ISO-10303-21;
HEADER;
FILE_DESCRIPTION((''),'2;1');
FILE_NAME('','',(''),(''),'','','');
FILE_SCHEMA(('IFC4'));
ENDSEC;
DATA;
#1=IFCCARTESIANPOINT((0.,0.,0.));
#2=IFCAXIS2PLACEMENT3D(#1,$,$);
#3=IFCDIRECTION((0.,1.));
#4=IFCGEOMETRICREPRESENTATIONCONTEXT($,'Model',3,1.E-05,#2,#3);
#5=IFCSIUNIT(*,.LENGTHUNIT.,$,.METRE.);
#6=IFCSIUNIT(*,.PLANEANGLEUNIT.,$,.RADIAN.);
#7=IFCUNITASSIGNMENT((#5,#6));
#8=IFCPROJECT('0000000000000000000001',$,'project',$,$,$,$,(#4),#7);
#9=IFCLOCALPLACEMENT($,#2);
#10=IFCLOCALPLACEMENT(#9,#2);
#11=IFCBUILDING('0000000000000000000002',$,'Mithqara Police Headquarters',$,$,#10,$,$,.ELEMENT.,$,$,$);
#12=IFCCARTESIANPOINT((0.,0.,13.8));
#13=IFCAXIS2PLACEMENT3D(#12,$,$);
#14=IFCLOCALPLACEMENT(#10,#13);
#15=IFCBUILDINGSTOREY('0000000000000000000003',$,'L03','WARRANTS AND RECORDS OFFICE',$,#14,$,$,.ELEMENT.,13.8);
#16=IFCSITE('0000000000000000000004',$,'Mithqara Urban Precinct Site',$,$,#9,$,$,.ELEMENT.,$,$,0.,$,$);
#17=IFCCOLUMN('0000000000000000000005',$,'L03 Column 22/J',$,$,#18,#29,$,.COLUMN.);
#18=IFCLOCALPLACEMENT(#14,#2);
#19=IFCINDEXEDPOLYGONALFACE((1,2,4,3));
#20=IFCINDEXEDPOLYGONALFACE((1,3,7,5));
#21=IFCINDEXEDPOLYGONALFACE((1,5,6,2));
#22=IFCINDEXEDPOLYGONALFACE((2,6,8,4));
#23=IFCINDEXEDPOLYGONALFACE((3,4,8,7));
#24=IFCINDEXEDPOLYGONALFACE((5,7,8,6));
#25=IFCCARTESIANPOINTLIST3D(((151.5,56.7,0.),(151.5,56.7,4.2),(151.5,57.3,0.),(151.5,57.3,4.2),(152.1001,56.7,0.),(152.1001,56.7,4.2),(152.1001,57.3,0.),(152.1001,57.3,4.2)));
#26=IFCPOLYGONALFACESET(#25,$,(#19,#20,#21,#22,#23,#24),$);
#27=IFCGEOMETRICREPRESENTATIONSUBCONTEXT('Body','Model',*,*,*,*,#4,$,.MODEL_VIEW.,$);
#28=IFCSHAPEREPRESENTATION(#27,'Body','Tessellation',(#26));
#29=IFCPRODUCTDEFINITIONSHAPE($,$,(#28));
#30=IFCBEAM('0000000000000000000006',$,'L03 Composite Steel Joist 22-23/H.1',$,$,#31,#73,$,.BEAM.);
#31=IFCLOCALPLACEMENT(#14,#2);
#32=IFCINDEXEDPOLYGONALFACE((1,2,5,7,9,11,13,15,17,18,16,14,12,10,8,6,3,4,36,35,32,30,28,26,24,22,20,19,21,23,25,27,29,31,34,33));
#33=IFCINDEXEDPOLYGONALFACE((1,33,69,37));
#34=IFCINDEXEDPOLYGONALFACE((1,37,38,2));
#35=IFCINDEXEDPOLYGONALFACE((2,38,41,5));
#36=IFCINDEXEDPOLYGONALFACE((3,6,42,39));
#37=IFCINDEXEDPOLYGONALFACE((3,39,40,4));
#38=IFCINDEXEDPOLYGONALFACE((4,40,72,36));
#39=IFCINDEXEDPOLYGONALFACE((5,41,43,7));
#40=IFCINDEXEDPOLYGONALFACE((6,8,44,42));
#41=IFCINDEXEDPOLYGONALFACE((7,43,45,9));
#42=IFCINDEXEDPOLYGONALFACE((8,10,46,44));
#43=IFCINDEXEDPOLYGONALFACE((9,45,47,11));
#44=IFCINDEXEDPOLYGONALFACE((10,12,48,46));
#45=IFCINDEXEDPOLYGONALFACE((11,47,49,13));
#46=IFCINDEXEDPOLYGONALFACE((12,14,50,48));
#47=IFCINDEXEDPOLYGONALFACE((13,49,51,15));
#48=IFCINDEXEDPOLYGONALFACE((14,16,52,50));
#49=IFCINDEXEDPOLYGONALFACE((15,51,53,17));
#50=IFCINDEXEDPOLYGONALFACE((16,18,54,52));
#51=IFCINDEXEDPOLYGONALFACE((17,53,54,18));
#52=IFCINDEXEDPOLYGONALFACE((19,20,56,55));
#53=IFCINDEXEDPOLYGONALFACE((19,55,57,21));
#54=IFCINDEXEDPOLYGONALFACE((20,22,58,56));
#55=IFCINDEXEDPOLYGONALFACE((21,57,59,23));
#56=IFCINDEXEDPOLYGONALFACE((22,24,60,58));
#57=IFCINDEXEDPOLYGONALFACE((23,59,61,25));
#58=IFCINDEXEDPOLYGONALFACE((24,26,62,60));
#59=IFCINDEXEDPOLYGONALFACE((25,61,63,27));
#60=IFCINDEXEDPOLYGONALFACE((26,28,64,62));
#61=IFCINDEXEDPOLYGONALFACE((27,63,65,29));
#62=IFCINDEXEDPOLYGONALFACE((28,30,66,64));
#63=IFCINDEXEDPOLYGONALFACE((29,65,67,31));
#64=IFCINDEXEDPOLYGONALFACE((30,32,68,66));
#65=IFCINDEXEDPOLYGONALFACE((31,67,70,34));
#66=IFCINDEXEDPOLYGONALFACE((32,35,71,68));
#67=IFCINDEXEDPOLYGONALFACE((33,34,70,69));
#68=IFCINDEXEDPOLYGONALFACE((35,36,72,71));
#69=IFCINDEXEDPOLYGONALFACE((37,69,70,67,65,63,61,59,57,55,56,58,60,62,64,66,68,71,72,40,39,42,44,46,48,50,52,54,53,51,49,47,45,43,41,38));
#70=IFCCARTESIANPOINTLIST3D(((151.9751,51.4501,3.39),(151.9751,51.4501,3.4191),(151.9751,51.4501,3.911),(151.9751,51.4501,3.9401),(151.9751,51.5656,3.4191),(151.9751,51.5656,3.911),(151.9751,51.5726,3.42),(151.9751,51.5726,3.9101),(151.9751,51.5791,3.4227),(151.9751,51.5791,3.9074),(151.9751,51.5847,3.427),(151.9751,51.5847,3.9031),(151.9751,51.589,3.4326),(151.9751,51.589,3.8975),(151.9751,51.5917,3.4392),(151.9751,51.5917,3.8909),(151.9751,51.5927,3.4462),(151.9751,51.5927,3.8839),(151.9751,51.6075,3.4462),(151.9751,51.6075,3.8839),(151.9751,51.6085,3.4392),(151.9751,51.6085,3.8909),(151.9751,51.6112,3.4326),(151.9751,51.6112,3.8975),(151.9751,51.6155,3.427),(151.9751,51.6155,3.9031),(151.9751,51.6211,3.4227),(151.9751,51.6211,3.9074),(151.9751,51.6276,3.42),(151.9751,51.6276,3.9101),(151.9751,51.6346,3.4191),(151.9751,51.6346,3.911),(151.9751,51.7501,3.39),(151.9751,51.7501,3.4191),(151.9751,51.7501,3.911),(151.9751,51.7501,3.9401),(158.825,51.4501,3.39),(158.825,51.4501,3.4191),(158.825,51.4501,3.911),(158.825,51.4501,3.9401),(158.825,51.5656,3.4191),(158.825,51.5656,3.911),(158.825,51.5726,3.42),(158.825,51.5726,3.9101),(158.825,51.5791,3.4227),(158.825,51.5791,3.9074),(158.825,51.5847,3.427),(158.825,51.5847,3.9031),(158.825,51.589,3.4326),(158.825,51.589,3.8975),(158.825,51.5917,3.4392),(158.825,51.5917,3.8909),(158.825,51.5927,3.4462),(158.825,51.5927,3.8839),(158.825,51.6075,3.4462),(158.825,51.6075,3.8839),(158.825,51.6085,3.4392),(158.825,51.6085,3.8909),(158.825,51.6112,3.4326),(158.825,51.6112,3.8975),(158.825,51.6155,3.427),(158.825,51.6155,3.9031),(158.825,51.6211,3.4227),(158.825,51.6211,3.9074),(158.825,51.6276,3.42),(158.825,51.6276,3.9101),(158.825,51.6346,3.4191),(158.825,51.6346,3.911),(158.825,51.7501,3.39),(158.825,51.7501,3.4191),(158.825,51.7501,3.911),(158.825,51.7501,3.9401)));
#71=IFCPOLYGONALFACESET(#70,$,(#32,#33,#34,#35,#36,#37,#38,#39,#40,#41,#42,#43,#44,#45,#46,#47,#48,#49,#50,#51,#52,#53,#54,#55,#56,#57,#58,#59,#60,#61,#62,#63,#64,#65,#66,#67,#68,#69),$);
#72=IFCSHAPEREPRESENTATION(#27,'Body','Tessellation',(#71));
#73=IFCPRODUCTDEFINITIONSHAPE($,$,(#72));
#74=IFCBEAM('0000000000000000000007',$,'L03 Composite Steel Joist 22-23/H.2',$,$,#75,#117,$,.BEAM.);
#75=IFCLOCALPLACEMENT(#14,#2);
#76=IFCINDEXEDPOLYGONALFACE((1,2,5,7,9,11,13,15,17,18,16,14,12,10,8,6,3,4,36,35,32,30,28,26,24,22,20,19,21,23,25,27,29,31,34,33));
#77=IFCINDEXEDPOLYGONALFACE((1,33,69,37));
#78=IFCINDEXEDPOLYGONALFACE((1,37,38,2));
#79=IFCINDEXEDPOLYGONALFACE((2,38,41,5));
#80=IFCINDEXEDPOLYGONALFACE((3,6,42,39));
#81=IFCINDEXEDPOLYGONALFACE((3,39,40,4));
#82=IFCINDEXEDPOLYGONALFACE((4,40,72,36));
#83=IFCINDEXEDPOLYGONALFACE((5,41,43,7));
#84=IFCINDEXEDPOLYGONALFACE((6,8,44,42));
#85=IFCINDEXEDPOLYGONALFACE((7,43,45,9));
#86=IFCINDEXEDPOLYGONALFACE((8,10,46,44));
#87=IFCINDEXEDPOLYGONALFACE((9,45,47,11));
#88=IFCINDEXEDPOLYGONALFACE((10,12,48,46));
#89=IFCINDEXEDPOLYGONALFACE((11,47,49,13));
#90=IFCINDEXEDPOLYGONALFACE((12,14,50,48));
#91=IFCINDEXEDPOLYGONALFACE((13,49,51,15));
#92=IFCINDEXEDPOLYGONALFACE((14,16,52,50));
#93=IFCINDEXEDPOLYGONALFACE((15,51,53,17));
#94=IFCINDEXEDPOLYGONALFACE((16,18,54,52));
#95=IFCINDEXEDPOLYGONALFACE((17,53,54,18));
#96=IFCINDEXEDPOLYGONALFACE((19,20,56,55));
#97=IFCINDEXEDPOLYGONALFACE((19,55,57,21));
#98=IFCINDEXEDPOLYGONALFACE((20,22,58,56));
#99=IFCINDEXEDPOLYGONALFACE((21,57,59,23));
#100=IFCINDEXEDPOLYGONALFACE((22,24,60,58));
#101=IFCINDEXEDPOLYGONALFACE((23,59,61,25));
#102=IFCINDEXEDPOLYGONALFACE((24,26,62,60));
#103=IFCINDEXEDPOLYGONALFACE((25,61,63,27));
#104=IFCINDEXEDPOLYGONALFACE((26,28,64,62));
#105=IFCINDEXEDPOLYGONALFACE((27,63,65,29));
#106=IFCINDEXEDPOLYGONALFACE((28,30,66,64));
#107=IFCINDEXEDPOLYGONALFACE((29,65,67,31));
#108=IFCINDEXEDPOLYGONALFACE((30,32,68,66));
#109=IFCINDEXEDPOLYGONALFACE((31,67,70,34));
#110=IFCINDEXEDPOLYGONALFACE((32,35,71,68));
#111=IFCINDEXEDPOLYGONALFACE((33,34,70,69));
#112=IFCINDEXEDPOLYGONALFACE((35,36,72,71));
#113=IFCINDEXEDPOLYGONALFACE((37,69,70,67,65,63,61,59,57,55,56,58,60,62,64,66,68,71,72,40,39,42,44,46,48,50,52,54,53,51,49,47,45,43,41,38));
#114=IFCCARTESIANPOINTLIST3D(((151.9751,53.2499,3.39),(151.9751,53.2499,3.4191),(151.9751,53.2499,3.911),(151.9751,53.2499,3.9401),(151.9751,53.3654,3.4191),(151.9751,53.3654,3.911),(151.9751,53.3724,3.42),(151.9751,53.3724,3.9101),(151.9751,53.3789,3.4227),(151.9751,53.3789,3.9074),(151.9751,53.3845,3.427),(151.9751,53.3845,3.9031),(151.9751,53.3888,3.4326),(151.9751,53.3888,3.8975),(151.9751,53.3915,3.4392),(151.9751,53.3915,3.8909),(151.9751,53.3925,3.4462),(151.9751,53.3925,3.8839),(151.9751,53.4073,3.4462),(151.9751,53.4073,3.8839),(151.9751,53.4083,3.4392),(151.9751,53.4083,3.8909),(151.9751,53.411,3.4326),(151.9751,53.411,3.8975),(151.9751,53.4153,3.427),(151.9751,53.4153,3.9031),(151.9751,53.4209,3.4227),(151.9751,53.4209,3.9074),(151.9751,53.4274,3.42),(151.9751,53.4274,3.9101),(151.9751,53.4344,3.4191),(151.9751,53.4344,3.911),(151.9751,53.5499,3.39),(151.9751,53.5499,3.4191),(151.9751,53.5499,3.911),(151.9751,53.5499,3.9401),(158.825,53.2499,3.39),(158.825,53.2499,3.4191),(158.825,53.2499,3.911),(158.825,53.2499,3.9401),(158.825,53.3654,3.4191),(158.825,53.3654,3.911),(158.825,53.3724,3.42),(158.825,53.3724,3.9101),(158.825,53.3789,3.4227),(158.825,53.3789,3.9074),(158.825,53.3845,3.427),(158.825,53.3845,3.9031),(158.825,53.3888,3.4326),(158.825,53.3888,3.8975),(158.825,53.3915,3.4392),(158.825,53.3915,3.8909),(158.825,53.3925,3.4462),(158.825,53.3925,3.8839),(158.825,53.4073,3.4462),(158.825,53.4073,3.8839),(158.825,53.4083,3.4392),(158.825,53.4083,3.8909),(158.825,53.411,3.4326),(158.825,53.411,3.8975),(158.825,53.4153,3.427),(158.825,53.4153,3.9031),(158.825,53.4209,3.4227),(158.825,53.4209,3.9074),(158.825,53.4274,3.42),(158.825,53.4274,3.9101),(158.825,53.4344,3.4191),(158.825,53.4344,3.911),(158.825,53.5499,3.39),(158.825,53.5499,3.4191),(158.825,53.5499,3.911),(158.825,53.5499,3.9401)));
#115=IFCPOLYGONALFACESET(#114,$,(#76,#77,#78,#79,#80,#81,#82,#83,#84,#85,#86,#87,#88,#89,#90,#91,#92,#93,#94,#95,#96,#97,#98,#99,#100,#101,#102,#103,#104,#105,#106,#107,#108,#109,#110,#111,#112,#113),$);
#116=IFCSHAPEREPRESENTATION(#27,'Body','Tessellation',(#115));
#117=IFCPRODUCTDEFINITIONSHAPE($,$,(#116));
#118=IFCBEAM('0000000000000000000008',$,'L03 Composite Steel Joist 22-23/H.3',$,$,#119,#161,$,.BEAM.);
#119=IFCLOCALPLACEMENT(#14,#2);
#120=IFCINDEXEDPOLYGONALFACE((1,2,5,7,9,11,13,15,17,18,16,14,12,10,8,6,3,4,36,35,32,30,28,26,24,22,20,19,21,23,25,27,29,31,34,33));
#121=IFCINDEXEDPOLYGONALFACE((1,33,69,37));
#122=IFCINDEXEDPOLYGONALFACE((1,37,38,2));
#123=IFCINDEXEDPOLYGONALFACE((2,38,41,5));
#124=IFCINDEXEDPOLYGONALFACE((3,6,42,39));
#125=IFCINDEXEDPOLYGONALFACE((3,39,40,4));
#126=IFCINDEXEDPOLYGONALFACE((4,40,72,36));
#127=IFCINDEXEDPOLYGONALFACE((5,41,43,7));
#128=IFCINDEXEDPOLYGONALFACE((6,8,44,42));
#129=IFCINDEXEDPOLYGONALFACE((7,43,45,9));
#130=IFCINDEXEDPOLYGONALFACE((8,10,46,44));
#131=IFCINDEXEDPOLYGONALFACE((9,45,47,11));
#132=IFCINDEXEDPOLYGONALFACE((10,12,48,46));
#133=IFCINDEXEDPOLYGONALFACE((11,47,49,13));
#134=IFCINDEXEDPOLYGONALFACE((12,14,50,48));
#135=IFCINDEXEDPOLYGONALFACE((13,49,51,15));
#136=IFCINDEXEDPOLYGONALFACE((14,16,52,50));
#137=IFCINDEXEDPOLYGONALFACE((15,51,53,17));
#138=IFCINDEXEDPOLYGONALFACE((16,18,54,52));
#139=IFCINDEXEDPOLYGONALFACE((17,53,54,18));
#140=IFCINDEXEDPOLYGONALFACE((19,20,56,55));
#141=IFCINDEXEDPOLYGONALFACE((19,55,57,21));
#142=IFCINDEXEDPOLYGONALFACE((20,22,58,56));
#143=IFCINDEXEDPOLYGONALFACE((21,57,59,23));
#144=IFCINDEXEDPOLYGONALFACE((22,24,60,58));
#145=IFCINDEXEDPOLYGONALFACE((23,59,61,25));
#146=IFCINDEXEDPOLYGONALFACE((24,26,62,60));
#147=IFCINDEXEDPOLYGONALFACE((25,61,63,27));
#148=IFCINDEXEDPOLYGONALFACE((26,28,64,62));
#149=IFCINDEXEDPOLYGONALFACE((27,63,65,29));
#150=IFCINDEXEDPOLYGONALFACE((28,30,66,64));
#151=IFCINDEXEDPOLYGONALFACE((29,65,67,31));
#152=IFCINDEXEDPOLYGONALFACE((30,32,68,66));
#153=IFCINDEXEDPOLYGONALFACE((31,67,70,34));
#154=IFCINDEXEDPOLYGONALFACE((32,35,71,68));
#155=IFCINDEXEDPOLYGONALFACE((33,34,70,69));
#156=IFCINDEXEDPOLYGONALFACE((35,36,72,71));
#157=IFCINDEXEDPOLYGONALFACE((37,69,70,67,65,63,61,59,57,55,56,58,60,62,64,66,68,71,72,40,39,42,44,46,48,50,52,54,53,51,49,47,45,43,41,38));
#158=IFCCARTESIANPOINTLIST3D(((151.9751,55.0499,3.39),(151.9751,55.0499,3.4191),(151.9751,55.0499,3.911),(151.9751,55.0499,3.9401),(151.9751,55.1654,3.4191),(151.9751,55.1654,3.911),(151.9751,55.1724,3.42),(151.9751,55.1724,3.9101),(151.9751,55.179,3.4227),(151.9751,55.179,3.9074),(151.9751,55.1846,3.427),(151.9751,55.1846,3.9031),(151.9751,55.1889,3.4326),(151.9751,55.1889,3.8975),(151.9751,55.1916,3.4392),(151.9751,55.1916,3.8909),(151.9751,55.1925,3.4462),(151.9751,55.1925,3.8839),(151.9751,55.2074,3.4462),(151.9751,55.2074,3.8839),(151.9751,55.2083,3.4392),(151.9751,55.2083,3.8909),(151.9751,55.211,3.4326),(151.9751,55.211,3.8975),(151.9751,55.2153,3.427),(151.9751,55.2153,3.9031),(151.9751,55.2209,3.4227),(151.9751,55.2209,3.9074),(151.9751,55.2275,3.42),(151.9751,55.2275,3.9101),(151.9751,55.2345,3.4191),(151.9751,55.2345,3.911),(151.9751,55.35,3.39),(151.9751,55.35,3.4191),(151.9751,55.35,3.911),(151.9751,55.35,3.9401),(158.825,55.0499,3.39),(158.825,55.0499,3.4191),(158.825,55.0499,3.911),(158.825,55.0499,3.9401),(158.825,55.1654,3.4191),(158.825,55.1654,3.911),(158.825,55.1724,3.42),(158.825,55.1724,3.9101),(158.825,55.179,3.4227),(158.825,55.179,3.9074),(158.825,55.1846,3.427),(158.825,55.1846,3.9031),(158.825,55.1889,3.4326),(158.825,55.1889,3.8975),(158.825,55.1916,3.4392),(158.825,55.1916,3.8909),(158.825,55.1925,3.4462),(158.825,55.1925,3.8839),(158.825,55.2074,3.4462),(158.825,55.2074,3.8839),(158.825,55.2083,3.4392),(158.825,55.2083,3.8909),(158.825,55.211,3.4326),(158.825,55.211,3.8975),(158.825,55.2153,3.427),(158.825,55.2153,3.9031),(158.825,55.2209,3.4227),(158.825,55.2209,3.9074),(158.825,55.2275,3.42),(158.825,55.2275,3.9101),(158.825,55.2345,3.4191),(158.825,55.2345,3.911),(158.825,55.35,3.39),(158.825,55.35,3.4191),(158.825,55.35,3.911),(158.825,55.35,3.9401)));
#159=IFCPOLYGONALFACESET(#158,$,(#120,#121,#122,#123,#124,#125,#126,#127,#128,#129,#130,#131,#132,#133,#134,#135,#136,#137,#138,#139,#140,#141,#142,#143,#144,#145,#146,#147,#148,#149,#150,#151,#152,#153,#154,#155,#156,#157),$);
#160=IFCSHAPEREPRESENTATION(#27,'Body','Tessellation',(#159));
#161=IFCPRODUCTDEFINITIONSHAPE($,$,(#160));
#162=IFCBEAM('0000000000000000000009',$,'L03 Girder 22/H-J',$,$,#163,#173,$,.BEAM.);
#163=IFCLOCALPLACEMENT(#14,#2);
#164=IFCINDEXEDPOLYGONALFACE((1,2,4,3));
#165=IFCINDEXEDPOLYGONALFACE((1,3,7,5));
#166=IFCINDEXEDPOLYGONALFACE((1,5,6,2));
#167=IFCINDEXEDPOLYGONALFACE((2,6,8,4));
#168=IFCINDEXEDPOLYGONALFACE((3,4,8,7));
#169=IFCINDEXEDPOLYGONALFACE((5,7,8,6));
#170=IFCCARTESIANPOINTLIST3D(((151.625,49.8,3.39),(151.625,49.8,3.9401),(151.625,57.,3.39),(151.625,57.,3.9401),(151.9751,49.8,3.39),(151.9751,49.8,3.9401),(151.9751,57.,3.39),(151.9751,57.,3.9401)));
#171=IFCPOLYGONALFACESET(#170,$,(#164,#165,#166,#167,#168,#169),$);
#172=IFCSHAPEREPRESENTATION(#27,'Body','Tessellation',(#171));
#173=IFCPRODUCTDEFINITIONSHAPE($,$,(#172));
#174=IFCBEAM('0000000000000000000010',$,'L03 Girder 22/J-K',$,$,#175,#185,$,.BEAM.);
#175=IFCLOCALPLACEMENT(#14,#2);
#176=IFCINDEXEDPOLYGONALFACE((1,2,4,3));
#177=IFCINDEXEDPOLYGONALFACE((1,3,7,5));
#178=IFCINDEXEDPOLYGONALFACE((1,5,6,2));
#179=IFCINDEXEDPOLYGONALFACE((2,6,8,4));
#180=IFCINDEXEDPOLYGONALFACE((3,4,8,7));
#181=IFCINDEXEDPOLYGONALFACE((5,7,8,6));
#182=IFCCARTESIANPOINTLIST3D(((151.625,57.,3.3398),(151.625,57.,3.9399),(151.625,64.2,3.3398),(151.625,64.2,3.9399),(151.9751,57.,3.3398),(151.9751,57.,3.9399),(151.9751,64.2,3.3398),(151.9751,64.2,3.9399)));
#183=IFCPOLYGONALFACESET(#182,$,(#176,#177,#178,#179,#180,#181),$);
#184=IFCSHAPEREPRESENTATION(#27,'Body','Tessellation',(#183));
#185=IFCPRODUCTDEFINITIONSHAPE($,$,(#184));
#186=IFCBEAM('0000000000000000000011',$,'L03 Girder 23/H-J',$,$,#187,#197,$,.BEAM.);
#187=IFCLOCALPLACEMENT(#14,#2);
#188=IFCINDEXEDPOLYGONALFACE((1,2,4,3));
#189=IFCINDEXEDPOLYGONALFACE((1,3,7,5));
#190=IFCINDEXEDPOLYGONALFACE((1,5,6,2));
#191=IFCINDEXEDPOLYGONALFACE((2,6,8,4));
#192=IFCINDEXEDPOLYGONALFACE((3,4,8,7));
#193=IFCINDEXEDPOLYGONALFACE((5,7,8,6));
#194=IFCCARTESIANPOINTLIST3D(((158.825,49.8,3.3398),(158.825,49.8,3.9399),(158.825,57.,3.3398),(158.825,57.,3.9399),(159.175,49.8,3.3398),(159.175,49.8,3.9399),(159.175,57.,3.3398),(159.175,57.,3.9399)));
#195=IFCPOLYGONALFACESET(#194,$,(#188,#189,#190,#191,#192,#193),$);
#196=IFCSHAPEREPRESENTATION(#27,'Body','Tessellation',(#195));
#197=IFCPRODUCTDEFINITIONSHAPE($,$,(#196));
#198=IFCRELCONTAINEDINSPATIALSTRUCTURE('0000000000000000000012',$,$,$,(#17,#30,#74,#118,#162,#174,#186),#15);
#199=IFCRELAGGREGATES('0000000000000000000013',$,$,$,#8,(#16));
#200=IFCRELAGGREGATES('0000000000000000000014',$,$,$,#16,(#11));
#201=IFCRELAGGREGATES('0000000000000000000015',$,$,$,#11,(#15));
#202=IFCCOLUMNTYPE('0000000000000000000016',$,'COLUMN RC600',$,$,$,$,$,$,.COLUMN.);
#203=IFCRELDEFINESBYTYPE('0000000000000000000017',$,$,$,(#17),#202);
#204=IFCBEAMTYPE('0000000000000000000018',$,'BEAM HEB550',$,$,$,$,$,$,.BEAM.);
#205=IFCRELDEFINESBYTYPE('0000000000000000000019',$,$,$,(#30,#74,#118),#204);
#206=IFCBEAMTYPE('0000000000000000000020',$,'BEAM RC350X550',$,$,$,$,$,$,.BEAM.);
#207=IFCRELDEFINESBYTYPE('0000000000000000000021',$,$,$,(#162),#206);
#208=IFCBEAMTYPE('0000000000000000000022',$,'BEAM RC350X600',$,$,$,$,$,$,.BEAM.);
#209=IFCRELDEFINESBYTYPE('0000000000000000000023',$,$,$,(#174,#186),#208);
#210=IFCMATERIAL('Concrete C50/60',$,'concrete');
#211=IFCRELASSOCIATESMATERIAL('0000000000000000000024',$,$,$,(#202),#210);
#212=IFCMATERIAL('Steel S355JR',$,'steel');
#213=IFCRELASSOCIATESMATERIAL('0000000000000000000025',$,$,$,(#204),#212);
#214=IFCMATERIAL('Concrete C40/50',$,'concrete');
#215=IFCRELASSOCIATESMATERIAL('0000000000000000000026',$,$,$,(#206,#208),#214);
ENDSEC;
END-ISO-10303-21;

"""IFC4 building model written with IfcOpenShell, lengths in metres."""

from ifc_helpers import new_model, si_unit, direction, frame, origin, origin_2d, place, context, subcontext, project, spatial, rectangle, i_section, extrude, material, material_profile, profile_set, type_object, element, save


model = new_model("IFC4")

# Units and contexts
model_context = context("Model", 3, precision=1e-05, world=origin(), true_north=direction((0.0, 1.0)))
body_context = subcontext(model_context, "Body", "Model", "MODEL_VIEW")
ifc_project = project(units=[si_unit("LENGTHUNIT", "METRE"), si_unit("PLANEANGLEUNIT", "RADIAN")], contexts=[model_context])

# Site, building, storey
site_placement = place(None, origin())
site = spatial("IfcSite", under=ifc_project, at=site_placement, Name="Mithqara Urban Precinct Site", CompositionType="ELEMENT", RefElevation=0.0)
building_placement = place(site_placement, origin())
building = spatial("IfcBuilding", under=site, at=building_placement, Name="Mithqara Police Headquarters", CompositionType="ELEMENT")
storey_placement = place(building_placement, frame((0.0, 0.0, 13.8)))
storey = spatial("IfcBuildingStorey", under=building, at=storey_placement, Name="L03", Description="WARRANTS AND RECORDS OFFICE", CompositionType="ELEMENT", Elevation=13.8)

# Column
ifc_material_1 = material(Name="Concrete C50/60", Category="concrete")
ifc_material_profile_1 = material_profile(ifc_material_1, rectangle(XDim=0.6001, YDim=0.6001, at=origin_2d()), Name="RC 600x600")
ifc_profile_set_1 = profile_set([ifc_material_profile_1], Name="Concrete C50/60")
column_type = type_object("IfcColumnType", Name="COLUMN RC600", PredefinedType="COLUMN", material=ifc_profile_set_1)
column_placement = place(storey_placement, frame((151.8, 57.0, 0.0), z_axis=(0.0, 0.0, 1.0), x_axis=(1.0, 0.0, 0.0)))
element("IfcColumn", 1, at=column_placement, inside=storey, type_object=column_type, Name="L03 Column 22/J", PredefinedType="COLUMN", context=body_context, shape_type="SweptSolid", body=[
    extrude(rectangle(XDim=0.6001, YDim=0.6001, at=origin_2d()), origin(), (0.0, 0.0, 1.0), 4.2),
])

# Beams
ifc_material_2 = material(Name="Steel S355JR", Category="steel")
ifc_material_profile_2 = material_profile(ifc_material_2, i_section(OverallWidth=0.3, OverallDepth=0.55, WebThickness=0.0149, FlangeThickness=0.0291, FilletRadius=0.0271, at=origin_2d()), Name="HEB 550")
ifc_profile_set_2 = profile_set([ifc_material_profile_2], Name="Steel S355JR")
beam_type_1 = type_object("IfcBeamType", Name="BEAM HEB550", PredefinedType="BEAM", material=ifc_profile_set_2)
for number, where, z_axis, x_axis, name in (
    (2, (151.9751, 51.6001, 3.665), (1.0, 0.0, 0.0), (0.0, 1.0, 0.0), "L03 Composite Steel Joist 22-23/H.1"),
    (3, (151.9751, 53.3999, 3.665), (1.0, 0.0, 0.0), (0.0, 1.0, 0.0), "L03 Composite Steel Joist 22-23/H.2"),
    (4, (151.9751, 55.2, 3.665), (1.0, 0.0, 0.0), (0.0, 1.0, 0.0), "L03 Composite Steel Joist 22-23/H.3"),
):
    element("IfcBeam", number, at=place(storey_placement, frame(where, z_axis=z_axis, x_axis=x_axis)), inside=storey, type_object=beam_type_1, Name=name, PredefinedType="BEAM", context=body_context, shape_type="SweptSolid", body=[
        extrude(i_section(OverallWidth=0.3, OverallDepth=0.55, WebThickness=0.0149, FlangeThickness=0.0291, FilletRadius=0.0271, at=origin_2d()), origin(), (0.0, 0.0, 1.0), 6.8499),
    ])
ifc_material_3 = material(Name="Concrete C40/50", Category="concrete")
ifc_material_profile_3 = material_profile(ifc_material_3, rectangle(XDim=0.3501, YDim=0.55, at=origin_2d()), Name="RC 350x550")
ifc_profile_set_3 = profile_set([ifc_material_profile_3], Name="Concrete C40/50")
beam_type_2 = type_object("IfcBeamType", Name="BEAM RC350X550", PredefinedType="BEAM", material=ifc_profile_set_3)
beam_1_placement = place(storey_placement, frame((151.8, 49.8, 3.665), z_axis=(0.0, 1.0, 0.0), x_axis=(-1.0, 0.0, 0.0)))
element("IfcBeam", 5, at=beam_1_placement, inside=storey, type_object=beam_type_2, Name="L03 Girder 22/H-J", PredefinedType="BEAM", context=body_context, shape_type="SweptSolid", body=[
    extrude(rectangle(XDim=0.3501, YDim=0.55, at=origin_2d()), origin(), (0.0, 0.0, 1.0), 7.2),
])
ifc_material_profile_4 = material_profile(ifc_material_3, rectangle(XDim=0.3501, YDim=0.6001, at=origin_2d()), Name="RC 350x600")
ifc_profile_set_4 = profile_set([ifc_material_profile_4], Name="Concrete C40/50")
beam_type_3 = type_object("IfcBeamType", Name="BEAM RC350X600", PredefinedType="BEAM", material=ifc_profile_set_4)
for number, where, z_axis, x_axis, name in (
    (6, (151.8, 57.0, 3.6399), (0.0, 1.0, 0.0), (-1.0, 0.0, 0.0), "L03 Girder 22/J-K"),
    (7, (159.0, 49.8, 3.6399), (0.0, 1.0, 0.0), (-1.0, 0.0, 0.0), "L03 Girder 23/H-J"),
):
    element("IfcBeam", number, at=place(storey_placement, frame(where, z_axis=z_axis, x_axis=x_axis)), inside=storey, type_object=beam_type_3, Name=name, PredefinedType="BEAM", context=body_context, shape_type="SweptSolid", body=[
        extrude(rectangle(XDim=0.3501, YDim=0.6001, at=origin_2d()), origin(), (0.0, 0.0, 1.0), 7.2),
    ])

save(model, "model.ifc")
